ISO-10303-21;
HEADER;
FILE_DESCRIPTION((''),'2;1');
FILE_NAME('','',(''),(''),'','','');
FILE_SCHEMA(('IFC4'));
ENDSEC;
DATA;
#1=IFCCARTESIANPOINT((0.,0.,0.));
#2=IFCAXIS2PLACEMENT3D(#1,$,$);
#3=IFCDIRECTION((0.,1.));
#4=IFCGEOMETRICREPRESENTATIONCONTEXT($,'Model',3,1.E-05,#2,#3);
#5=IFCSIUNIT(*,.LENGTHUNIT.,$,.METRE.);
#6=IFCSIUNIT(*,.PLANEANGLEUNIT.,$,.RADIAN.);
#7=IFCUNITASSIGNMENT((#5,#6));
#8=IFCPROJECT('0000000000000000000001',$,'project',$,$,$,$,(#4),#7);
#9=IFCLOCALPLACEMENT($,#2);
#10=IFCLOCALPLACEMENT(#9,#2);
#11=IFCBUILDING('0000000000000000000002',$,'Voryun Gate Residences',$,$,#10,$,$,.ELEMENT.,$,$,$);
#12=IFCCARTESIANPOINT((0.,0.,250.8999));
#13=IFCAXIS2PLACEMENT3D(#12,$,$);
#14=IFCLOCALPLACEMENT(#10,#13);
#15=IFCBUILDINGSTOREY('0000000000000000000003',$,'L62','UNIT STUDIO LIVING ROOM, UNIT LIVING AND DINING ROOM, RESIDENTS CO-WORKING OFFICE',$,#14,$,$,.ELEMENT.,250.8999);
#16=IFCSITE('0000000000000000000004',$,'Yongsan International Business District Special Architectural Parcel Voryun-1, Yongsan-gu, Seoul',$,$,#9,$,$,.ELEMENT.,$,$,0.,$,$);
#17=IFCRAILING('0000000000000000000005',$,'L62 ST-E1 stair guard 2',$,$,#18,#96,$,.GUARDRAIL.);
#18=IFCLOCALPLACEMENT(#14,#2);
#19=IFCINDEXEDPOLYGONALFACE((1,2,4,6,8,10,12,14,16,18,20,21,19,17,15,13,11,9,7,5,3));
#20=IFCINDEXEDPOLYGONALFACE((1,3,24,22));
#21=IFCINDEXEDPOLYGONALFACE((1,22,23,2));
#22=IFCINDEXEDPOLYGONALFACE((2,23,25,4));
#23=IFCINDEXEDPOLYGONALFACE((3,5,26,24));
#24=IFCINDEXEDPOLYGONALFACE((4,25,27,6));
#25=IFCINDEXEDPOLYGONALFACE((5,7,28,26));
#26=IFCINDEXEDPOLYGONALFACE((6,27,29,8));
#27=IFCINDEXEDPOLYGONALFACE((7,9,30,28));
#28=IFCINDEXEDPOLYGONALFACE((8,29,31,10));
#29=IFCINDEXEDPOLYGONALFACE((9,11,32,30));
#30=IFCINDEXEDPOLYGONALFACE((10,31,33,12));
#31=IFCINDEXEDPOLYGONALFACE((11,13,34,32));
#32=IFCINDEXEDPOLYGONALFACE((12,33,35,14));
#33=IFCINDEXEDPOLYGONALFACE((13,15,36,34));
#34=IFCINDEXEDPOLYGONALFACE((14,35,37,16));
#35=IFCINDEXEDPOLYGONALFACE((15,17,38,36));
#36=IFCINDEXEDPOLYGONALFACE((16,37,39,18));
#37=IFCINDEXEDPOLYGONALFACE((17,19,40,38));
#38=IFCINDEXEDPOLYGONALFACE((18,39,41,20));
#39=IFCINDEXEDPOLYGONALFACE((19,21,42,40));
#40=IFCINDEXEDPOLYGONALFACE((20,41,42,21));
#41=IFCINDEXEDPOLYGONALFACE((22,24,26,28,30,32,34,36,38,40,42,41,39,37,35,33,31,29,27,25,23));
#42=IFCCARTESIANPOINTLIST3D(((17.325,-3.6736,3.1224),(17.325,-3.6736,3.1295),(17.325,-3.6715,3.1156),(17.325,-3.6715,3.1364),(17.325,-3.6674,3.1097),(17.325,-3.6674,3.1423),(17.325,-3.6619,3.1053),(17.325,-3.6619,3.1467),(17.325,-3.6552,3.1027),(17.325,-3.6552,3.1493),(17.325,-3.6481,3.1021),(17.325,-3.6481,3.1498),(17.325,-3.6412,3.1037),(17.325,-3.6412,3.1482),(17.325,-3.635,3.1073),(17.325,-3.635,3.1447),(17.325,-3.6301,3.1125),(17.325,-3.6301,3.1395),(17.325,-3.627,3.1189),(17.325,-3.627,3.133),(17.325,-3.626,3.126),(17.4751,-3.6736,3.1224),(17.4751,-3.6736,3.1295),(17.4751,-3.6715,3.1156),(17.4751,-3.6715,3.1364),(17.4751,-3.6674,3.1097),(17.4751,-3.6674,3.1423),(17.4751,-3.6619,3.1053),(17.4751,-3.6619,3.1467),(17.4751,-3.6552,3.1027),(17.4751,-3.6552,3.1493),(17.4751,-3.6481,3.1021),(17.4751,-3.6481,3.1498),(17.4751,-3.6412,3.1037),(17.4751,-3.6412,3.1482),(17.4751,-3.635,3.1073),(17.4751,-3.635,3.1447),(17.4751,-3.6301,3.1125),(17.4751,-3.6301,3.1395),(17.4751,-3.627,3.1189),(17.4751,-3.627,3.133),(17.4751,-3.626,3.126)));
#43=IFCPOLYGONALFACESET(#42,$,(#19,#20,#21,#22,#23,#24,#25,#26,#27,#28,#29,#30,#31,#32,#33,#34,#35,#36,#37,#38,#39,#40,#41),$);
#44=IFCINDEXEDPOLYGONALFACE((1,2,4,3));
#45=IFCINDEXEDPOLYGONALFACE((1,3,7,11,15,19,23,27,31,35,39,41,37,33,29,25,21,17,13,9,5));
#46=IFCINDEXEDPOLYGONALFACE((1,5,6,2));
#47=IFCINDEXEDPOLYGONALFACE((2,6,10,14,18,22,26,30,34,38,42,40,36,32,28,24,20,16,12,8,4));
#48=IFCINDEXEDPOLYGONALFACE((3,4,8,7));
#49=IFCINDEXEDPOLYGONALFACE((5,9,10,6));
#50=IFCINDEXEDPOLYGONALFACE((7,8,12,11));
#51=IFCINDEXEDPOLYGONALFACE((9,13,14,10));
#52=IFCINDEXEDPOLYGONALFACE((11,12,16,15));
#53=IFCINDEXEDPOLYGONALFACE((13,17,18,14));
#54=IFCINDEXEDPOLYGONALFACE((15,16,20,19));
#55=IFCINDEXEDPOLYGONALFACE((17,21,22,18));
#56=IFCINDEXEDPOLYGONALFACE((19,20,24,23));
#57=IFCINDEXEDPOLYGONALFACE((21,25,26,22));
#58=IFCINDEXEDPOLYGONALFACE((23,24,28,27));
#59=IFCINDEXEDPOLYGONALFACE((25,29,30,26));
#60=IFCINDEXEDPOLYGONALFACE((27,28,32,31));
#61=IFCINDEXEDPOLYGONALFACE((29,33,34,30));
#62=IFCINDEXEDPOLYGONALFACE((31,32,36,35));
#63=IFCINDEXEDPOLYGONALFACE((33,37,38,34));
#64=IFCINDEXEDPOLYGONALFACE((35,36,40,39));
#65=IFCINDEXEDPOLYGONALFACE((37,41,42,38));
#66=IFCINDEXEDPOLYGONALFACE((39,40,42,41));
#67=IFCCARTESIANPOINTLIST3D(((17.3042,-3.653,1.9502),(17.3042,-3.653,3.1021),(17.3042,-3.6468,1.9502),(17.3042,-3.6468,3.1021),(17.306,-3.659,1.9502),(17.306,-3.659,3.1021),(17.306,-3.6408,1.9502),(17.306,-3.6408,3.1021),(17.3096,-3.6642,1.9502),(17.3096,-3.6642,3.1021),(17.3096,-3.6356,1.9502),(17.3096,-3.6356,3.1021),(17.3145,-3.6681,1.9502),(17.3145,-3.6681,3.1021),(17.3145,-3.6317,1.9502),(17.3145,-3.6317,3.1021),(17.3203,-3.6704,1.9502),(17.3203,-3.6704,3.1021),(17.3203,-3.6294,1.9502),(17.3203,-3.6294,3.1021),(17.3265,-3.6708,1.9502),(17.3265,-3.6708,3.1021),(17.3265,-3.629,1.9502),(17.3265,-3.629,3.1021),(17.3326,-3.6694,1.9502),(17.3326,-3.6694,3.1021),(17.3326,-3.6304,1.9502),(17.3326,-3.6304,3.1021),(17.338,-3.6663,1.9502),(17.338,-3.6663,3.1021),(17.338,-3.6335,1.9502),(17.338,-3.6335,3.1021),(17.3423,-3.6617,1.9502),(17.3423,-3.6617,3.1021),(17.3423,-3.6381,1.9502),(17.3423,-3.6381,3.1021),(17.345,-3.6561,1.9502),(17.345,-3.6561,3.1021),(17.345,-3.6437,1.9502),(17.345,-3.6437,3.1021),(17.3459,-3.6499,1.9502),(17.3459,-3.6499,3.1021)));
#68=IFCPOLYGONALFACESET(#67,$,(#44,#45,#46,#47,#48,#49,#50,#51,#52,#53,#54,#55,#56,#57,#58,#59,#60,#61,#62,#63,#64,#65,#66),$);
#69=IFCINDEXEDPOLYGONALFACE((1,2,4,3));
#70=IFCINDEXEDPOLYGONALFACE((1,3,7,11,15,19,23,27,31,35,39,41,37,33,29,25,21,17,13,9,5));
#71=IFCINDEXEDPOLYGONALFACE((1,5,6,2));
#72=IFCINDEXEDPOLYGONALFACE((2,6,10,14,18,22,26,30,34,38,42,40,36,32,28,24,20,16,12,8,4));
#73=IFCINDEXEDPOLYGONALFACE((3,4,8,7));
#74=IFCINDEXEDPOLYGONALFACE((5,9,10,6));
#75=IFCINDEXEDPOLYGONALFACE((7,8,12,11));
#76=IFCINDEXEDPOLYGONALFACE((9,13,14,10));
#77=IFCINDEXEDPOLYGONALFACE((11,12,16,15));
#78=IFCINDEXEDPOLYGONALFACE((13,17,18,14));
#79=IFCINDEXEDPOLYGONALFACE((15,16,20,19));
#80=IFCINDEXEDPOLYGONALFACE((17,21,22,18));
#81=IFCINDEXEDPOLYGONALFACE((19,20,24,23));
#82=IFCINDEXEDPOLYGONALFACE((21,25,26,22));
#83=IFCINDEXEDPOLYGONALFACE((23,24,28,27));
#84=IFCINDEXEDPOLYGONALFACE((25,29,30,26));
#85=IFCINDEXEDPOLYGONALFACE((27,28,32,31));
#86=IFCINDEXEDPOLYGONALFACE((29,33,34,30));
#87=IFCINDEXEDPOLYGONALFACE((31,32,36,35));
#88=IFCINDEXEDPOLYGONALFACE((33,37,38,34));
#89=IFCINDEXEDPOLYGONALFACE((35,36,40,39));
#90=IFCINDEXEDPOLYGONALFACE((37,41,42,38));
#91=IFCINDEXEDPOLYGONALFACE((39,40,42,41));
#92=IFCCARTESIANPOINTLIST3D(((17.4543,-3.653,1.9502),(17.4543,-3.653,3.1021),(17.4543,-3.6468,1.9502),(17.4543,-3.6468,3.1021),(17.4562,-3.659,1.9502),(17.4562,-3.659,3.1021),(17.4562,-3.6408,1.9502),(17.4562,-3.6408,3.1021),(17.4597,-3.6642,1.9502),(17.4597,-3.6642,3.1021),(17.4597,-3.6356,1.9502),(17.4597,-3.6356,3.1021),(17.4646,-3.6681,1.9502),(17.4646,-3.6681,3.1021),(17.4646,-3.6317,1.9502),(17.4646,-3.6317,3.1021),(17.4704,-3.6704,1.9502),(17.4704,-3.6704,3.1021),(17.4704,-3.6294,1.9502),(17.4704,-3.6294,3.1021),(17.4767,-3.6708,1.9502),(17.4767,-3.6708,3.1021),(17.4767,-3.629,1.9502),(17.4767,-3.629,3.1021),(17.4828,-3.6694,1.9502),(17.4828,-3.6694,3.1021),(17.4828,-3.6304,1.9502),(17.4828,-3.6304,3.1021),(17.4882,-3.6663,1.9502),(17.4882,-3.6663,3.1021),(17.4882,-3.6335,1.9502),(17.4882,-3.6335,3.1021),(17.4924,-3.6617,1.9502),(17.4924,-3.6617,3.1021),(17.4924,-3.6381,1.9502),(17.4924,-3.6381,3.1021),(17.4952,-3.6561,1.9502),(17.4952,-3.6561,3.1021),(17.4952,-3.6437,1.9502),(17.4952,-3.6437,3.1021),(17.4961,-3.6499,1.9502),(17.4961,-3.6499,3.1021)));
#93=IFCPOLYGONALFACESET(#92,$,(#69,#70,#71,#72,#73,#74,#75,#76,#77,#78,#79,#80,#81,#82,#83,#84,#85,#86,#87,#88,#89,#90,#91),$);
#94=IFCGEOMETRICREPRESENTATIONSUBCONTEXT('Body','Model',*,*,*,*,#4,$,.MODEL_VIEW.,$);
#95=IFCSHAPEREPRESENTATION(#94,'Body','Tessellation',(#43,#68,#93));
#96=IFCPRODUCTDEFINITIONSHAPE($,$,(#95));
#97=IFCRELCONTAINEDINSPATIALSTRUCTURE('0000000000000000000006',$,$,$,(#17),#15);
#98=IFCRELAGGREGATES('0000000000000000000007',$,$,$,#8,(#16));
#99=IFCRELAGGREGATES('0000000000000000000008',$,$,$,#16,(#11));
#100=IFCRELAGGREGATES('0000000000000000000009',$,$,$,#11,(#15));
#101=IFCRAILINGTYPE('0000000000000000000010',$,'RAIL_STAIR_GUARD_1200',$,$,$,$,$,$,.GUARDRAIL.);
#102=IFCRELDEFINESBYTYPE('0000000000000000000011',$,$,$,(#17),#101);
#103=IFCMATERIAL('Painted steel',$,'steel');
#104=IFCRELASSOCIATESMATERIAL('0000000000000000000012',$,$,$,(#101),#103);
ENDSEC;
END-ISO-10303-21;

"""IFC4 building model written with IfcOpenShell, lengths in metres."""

from ifc_helpers import new_model, si_unit, direction, frame, origin, origin_2d, place, context, subcontext, project, spatial, circle, extrude, material, type_object, element, save


model = new_model("IFC4")

# Units and contexts
model_context = context("Model", 3, precision=1e-05, world=origin(), true_north=direction((0.0, 1.0)))
body_context = subcontext(model_context, "Body", "Model", "MODEL_VIEW")
ifc_project = project(units=[si_unit("LENGTHUNIT", "METRE"), si_unit("PLANEANGLEUNIT", "RADIAN")], contexts=[model_context])

# Site, building, storey
site_placement = place(None, origin())
site = spatial("IfcSite", under=ifc_project, at=site_placement, Name="Yongsan International Business District Special Architectural Parcel Voryun-1, Yongsan-gu, Seoul", CompositionType="ELEMENT", RefElevation=0.0)
building_placement = place(site_placement, origin())
building = spatial("IfcBuilding", under=site, at=building_placement, Name="Voryun Gate Residences", CompositionType="ELEMENT")
storey_placement = place(building_placement, frame((0.0, 0.0, 250.8999)))
storey = spatial("IfcBuildingStorey", under=building, at=storey_placement, Name="L62", Description="UNIT STUDIO LIVING ROOM, UNIT LIVING AND DINING ROOM, RESIDENTS CO-WORKING OFFICE", CompositionType="ELEMENT", Elevation=250.8999)

# Railing
ifc_material_1 = material(Name="Painted steel", Category="steel")
railing_type_1 = type_object("IfcRailingType", Name="RAIL_STAIR_GUARD_1200", PredefinedType="GUARDRAIL", material=ifc_material_1)
railing_1_placement = place(storey_placement, frame((17.325, -3.6499, 1.9502)))
element("IfcRailing", 1, at=railing_1_placement, inside=storey, type_object=railing_type_1, Name="L62 ST-E1 stair guard 2", PredefinedType="GUARDRAIL", context=body_context, shape_type="SweptSolid", body=[
    extrude(circle(Radius=0.0239, at=origin_2d()), frame((0.0, 0.0, 1.1758), z_axis=(1.0, 0.0, 0.0), x_axis=(0.0, 1.0, 0.0)), (0.0, 0.0, 1.0), 0.1501),
    extrude(circle(Radius=0.021, at=origin_2d()), origin(), (0.0, 0.0, 1.0), 1.1519),
    extrude(circle(Radius=0.021, at=origin_2d()), frame((0.1501, 0.0, 0.0)), (0.0, 0.0, 1.0), 1.1519),
])

save(model, "model.ifc")
